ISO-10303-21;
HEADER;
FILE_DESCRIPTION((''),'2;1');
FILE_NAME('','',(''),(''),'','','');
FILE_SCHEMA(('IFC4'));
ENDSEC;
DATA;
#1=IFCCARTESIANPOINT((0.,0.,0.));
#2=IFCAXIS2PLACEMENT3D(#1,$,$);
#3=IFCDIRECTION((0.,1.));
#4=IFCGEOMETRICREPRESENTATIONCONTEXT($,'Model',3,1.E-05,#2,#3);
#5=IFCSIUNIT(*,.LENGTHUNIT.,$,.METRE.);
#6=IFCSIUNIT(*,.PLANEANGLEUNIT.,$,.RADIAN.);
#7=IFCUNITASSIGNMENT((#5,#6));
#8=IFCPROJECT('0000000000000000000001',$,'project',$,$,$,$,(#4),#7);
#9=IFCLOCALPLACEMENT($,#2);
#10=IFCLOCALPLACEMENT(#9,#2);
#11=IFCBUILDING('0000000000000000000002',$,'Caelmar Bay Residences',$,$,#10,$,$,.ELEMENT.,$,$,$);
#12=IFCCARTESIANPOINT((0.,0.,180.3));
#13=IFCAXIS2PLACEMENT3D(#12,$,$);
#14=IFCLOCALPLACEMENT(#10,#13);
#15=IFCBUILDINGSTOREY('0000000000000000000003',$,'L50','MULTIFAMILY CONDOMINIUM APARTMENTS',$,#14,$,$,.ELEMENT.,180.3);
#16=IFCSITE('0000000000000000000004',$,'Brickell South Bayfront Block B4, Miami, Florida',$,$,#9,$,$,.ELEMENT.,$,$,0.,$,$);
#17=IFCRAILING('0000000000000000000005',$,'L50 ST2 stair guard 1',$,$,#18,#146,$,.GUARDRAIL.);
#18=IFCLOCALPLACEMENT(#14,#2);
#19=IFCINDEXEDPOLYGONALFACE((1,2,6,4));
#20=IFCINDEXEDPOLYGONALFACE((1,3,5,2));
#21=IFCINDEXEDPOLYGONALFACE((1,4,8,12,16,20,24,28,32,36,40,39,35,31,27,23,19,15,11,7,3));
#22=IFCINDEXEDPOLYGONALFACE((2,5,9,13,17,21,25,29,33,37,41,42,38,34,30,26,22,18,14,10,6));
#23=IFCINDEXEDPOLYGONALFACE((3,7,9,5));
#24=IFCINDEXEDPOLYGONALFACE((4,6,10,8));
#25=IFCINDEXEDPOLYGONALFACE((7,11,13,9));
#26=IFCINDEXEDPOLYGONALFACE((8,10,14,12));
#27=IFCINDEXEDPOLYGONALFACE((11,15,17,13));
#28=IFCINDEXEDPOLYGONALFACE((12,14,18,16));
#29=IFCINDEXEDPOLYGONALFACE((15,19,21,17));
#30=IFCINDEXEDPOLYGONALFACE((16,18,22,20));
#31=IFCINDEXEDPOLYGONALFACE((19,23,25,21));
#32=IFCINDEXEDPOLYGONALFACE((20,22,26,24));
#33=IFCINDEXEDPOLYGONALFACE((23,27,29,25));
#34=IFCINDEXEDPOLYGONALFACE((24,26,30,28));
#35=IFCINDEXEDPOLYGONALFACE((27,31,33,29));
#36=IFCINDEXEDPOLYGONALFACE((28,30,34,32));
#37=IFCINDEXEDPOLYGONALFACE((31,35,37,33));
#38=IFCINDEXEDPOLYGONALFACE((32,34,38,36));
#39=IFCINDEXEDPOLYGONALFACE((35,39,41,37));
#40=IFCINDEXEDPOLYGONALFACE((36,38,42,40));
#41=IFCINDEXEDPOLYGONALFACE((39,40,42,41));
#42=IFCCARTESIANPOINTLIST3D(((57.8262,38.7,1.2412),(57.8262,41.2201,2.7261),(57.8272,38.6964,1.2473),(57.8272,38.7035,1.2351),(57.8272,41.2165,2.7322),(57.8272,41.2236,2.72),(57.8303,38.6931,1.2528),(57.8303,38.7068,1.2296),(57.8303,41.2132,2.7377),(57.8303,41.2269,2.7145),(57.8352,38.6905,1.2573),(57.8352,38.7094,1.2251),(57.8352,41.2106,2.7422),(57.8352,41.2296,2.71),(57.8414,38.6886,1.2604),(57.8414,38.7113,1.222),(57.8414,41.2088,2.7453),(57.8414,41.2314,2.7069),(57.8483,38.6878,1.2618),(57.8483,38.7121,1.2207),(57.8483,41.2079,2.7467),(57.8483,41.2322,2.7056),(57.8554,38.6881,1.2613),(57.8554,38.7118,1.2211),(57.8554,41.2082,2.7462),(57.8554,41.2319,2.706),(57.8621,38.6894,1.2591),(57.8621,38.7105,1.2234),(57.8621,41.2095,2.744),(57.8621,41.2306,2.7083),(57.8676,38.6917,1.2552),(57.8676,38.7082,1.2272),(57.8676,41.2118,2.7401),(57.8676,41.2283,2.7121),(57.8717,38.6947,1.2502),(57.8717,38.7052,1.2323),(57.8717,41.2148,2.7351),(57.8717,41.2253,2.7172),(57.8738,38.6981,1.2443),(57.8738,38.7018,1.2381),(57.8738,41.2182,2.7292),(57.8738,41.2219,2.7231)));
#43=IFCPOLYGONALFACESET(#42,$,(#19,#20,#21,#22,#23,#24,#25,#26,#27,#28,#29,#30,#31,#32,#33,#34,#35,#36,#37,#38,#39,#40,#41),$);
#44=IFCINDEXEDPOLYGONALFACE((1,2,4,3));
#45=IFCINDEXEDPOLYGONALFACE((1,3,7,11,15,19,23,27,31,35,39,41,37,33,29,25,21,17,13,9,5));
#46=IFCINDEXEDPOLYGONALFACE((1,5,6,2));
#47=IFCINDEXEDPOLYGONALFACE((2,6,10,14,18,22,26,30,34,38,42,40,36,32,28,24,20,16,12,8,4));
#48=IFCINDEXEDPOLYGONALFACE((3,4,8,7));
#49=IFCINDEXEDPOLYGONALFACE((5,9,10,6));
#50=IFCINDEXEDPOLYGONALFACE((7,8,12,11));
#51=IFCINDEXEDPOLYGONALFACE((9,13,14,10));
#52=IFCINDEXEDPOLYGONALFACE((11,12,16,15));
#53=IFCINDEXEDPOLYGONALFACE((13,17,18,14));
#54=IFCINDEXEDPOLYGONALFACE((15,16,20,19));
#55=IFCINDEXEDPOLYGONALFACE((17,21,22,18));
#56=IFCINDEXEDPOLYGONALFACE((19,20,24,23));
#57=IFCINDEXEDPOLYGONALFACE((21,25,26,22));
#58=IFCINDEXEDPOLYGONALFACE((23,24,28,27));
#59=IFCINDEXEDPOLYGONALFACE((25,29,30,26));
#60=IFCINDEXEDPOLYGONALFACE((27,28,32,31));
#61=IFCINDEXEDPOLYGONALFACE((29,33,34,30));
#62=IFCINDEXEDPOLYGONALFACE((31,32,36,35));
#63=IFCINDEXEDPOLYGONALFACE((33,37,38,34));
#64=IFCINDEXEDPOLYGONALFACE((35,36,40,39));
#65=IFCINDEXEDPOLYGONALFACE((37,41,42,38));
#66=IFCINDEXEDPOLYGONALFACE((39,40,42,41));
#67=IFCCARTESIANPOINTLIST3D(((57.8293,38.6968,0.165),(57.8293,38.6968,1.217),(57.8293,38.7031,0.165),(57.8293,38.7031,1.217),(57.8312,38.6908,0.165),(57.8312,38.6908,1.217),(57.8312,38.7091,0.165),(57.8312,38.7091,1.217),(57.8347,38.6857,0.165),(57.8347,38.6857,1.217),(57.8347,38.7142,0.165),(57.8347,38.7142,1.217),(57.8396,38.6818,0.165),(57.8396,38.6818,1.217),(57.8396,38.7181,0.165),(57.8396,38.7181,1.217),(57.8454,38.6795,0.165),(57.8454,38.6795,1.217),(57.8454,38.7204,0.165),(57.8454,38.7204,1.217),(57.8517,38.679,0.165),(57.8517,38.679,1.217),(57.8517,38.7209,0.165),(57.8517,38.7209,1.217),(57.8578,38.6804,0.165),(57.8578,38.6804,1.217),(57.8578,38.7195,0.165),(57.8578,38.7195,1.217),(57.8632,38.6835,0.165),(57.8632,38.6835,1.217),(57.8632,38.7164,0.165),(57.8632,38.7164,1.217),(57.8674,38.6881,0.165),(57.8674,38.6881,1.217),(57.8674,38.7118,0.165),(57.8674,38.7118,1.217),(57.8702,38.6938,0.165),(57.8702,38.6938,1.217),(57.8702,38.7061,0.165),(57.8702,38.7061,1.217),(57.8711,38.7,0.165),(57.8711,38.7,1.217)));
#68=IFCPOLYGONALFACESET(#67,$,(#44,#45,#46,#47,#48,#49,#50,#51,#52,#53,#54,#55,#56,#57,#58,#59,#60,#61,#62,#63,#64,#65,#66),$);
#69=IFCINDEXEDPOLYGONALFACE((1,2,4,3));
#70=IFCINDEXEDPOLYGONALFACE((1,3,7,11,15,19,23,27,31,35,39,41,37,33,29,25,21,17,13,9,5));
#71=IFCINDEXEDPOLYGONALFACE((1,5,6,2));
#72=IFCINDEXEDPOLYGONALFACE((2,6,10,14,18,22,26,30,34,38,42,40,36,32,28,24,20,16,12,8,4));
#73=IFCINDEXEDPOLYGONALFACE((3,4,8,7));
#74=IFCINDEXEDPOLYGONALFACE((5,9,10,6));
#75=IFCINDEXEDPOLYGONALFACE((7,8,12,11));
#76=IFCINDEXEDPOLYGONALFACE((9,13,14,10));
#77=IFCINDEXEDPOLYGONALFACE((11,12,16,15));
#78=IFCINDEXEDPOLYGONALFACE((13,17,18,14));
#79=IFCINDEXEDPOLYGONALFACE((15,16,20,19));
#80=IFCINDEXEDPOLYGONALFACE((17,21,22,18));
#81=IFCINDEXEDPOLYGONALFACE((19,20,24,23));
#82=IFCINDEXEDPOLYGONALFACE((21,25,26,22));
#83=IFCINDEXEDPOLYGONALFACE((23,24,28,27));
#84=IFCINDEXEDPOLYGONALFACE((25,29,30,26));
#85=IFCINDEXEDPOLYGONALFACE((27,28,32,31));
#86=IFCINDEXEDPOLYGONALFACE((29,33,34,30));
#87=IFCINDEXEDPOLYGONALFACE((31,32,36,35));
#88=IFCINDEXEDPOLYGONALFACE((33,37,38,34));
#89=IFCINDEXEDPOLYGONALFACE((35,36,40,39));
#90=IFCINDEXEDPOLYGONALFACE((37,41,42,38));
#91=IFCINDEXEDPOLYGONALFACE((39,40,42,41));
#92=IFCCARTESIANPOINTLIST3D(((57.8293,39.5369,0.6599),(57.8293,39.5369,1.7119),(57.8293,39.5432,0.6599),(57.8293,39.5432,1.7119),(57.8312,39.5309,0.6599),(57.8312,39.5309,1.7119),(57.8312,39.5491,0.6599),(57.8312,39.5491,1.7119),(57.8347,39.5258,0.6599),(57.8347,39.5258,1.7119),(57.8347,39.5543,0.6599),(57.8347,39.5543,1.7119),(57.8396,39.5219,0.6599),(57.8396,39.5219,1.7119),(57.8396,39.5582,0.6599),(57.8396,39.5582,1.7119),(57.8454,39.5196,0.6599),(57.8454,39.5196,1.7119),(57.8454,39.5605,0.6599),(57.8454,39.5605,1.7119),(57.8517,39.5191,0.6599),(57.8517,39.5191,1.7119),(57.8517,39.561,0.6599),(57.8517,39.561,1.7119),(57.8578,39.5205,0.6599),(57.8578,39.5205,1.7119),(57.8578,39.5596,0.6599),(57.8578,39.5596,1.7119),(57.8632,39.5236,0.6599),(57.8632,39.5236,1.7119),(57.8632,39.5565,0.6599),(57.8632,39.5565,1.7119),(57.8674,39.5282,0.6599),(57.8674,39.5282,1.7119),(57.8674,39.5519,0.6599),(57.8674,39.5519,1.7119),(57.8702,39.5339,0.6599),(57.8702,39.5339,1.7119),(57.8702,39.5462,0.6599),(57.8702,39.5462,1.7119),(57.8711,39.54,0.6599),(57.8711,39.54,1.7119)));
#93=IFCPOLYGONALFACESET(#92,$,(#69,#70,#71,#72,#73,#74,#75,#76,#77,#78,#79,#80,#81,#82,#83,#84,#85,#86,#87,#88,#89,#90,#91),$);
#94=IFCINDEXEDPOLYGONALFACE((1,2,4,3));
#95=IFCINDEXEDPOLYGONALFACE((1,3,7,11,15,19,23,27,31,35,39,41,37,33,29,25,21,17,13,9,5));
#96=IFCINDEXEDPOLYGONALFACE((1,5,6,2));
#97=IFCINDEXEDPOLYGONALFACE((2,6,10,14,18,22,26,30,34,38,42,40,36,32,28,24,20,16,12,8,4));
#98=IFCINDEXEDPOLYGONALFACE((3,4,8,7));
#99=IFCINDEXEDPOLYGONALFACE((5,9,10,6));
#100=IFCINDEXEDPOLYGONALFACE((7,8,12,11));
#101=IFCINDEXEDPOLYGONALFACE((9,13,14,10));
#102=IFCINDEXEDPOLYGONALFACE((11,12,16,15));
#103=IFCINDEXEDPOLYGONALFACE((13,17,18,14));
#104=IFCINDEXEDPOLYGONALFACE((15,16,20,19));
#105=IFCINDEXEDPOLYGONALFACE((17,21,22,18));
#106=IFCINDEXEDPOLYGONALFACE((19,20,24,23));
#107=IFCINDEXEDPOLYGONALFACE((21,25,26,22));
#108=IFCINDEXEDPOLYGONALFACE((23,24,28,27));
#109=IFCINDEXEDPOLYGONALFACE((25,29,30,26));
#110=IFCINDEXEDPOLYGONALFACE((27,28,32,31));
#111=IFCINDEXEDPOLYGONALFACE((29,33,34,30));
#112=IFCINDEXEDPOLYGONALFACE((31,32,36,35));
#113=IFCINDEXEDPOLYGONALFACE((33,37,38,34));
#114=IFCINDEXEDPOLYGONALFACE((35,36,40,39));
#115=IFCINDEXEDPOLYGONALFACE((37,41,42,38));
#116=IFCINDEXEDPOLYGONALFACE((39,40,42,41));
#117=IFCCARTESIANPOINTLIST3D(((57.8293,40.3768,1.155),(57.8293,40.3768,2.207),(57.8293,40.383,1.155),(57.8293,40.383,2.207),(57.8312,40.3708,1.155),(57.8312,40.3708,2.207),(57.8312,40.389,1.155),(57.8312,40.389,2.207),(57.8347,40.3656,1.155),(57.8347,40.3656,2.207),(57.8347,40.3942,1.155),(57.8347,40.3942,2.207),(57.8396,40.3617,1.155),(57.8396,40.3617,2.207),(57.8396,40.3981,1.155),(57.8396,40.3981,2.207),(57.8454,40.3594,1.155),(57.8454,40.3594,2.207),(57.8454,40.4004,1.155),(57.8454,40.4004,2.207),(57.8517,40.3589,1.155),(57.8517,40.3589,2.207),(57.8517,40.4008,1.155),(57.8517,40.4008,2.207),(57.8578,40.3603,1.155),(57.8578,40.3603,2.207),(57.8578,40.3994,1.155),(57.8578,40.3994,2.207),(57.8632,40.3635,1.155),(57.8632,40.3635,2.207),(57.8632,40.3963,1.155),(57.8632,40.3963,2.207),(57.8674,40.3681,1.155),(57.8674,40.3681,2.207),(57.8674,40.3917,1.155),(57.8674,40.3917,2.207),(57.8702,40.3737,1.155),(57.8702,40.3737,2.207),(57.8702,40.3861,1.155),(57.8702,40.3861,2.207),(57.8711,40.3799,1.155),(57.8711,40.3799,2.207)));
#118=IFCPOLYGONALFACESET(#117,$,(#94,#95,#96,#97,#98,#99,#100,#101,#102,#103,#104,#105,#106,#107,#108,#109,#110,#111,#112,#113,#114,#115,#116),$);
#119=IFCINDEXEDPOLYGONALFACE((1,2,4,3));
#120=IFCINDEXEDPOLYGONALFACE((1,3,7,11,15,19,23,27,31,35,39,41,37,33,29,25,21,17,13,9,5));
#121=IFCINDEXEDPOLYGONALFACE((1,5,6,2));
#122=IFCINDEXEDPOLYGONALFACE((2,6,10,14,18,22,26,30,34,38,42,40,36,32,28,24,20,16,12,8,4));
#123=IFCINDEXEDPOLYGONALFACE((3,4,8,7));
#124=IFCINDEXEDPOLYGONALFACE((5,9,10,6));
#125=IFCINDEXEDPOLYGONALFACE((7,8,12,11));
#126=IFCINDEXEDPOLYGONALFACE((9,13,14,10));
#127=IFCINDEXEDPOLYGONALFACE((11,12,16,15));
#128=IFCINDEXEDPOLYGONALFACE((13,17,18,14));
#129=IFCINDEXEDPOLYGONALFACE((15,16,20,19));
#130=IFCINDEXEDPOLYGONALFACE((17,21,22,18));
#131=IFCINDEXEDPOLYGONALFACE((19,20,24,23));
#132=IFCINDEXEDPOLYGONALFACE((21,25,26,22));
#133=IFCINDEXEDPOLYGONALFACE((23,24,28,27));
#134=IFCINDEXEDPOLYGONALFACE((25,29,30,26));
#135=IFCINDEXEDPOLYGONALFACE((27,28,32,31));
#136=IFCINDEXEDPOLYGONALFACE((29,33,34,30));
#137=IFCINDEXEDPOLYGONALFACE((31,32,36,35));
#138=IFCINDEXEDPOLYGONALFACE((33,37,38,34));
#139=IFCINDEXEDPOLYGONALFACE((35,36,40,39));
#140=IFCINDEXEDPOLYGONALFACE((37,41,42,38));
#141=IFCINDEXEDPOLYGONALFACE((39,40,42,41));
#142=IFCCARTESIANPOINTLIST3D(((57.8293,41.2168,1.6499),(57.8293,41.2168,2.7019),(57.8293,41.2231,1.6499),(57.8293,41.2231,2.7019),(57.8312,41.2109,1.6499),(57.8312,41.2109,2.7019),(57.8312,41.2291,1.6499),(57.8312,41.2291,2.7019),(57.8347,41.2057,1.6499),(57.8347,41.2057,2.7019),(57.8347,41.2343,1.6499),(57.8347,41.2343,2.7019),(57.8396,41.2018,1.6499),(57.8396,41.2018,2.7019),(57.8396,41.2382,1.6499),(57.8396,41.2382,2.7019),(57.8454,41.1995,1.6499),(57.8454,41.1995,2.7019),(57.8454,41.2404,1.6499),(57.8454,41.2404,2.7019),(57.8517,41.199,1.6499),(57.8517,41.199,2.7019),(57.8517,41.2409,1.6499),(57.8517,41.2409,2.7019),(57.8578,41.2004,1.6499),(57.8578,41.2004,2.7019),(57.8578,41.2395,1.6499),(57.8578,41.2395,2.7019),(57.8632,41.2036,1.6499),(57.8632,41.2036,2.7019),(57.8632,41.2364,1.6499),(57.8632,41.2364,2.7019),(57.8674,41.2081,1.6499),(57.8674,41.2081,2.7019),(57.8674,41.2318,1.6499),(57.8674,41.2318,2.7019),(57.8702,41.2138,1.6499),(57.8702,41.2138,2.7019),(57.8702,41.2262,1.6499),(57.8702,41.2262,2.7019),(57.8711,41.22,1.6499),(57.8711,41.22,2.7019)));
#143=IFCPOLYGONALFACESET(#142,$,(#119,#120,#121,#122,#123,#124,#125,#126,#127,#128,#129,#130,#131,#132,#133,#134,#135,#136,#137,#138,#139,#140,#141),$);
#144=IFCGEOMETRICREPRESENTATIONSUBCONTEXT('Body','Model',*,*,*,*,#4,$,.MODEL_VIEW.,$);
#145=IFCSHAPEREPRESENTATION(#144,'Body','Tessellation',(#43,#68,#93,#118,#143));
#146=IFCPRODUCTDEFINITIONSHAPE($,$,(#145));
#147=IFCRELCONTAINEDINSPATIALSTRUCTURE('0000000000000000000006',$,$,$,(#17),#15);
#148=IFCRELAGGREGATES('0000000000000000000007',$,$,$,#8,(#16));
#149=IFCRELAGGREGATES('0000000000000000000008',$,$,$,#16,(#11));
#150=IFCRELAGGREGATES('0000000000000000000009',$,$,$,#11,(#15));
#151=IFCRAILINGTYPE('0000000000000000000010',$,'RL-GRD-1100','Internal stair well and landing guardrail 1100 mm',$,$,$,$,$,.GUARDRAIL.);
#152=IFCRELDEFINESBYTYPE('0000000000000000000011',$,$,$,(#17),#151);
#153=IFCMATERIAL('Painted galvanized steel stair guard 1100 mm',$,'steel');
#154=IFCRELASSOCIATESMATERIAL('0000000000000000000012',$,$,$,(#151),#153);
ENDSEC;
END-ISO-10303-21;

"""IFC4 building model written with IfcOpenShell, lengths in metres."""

from ifc_helpers import new_model, si_unit, direction, frame, origin, origin_2d, place, context, subcontext, project, spatial, circle, extrude, material, type_object, element, save


model = new_model("IFC4")

# Units and contexts
model_context = context("Model", 3, precision=1e-05, world=origin(), true_north=direction((0.0, 1.0)))
body_context = subcontext(model_context, "Body", "Model", "MODEL_VIEW")
ifc_project = project(units=[si_unit("LENGTHUNIT", "METRE"), si_unit("PLANEANGLEUNIT", "RADIAN")], contexts=[model_context])

# Site, building, storey
site_placement = place(None, origin())
site = spatial("IfcSite", under=ifc_project, at=site_placement, Name="Brickell South Bayfront Block B4, Miami, Florida", CompositionType="ELEMENT", RefElevation=0.0)
building_placement = place(site_placement, origin())
building = spatial("IfcBuilding", under=site, at=building_placement, Name="Caelmar Bay Residences", CompositionType="ELEMENT")
storey_placement = place(building_placement, frame((0.0, 0.0, 180.3)))
storey = spatial("IfcBuildingStorey", under=building, at=storey_placement, Name="L50", Description="MULTIFAMILY CONDOMINIUM APARTMENTS", CompositionType="ELEMENT", Elevation=180.3)

# Railing
ifc_material_1 = material(Name="Painted galvanized steel stair guard 1100 mm", Category="steel")
railing_type_1 = type_object("IfcRailingType", Name="RL-GRD-1100", Description="Internal stair well and landing guardrail 1100 mm", PredefinedType="GUARDRAIL", material=ifc_material_1)
railing_1_placement = place(storey_placement, frame((57.8501, 38.7, 0.165)))
element("IfcRailing", 1, at=railing_1_placement, inside=storey, type_object=railing_type_1, Name="L50 ST2 stair guard 1", PredefinedType="GUARDRAIL", context=body_context, shape_type="SweptSolid", body=[
    extrude(circle(Radius=0.0239, at=origin_2d()), frame((0.0, 0.0, 1.0762), z_axis=(0.0, 0.861561, 0.507655), x_axis=(-1.0, 0.0, 0.0)), (0.0, 0.0, 1.0), 2.925),
    extrude(circle(Radius=0.021, at=origin_2d()), origin(), (0.0, 0.0, 1.0), 1.052),
    extrude(circle(Radius=0.021, at=origin_2d()), frame((0.0, 0.8401, 0.4949)), (0.0, 0.0, 1.0), 1.052),
    extrude(circle(Radius=0.021, at=origin_2d()), frame((0.0, 1.6799, 0.99)), (0.0, 0.0, 1.0), 1.052),
    extrude(circle(Radius=0.021, at=origin_2d()), frame((0.0, 2.52, 1.4849)), (0.0, 0.0, 1.0), 1.052),
])

save(model, "model.ifc")
